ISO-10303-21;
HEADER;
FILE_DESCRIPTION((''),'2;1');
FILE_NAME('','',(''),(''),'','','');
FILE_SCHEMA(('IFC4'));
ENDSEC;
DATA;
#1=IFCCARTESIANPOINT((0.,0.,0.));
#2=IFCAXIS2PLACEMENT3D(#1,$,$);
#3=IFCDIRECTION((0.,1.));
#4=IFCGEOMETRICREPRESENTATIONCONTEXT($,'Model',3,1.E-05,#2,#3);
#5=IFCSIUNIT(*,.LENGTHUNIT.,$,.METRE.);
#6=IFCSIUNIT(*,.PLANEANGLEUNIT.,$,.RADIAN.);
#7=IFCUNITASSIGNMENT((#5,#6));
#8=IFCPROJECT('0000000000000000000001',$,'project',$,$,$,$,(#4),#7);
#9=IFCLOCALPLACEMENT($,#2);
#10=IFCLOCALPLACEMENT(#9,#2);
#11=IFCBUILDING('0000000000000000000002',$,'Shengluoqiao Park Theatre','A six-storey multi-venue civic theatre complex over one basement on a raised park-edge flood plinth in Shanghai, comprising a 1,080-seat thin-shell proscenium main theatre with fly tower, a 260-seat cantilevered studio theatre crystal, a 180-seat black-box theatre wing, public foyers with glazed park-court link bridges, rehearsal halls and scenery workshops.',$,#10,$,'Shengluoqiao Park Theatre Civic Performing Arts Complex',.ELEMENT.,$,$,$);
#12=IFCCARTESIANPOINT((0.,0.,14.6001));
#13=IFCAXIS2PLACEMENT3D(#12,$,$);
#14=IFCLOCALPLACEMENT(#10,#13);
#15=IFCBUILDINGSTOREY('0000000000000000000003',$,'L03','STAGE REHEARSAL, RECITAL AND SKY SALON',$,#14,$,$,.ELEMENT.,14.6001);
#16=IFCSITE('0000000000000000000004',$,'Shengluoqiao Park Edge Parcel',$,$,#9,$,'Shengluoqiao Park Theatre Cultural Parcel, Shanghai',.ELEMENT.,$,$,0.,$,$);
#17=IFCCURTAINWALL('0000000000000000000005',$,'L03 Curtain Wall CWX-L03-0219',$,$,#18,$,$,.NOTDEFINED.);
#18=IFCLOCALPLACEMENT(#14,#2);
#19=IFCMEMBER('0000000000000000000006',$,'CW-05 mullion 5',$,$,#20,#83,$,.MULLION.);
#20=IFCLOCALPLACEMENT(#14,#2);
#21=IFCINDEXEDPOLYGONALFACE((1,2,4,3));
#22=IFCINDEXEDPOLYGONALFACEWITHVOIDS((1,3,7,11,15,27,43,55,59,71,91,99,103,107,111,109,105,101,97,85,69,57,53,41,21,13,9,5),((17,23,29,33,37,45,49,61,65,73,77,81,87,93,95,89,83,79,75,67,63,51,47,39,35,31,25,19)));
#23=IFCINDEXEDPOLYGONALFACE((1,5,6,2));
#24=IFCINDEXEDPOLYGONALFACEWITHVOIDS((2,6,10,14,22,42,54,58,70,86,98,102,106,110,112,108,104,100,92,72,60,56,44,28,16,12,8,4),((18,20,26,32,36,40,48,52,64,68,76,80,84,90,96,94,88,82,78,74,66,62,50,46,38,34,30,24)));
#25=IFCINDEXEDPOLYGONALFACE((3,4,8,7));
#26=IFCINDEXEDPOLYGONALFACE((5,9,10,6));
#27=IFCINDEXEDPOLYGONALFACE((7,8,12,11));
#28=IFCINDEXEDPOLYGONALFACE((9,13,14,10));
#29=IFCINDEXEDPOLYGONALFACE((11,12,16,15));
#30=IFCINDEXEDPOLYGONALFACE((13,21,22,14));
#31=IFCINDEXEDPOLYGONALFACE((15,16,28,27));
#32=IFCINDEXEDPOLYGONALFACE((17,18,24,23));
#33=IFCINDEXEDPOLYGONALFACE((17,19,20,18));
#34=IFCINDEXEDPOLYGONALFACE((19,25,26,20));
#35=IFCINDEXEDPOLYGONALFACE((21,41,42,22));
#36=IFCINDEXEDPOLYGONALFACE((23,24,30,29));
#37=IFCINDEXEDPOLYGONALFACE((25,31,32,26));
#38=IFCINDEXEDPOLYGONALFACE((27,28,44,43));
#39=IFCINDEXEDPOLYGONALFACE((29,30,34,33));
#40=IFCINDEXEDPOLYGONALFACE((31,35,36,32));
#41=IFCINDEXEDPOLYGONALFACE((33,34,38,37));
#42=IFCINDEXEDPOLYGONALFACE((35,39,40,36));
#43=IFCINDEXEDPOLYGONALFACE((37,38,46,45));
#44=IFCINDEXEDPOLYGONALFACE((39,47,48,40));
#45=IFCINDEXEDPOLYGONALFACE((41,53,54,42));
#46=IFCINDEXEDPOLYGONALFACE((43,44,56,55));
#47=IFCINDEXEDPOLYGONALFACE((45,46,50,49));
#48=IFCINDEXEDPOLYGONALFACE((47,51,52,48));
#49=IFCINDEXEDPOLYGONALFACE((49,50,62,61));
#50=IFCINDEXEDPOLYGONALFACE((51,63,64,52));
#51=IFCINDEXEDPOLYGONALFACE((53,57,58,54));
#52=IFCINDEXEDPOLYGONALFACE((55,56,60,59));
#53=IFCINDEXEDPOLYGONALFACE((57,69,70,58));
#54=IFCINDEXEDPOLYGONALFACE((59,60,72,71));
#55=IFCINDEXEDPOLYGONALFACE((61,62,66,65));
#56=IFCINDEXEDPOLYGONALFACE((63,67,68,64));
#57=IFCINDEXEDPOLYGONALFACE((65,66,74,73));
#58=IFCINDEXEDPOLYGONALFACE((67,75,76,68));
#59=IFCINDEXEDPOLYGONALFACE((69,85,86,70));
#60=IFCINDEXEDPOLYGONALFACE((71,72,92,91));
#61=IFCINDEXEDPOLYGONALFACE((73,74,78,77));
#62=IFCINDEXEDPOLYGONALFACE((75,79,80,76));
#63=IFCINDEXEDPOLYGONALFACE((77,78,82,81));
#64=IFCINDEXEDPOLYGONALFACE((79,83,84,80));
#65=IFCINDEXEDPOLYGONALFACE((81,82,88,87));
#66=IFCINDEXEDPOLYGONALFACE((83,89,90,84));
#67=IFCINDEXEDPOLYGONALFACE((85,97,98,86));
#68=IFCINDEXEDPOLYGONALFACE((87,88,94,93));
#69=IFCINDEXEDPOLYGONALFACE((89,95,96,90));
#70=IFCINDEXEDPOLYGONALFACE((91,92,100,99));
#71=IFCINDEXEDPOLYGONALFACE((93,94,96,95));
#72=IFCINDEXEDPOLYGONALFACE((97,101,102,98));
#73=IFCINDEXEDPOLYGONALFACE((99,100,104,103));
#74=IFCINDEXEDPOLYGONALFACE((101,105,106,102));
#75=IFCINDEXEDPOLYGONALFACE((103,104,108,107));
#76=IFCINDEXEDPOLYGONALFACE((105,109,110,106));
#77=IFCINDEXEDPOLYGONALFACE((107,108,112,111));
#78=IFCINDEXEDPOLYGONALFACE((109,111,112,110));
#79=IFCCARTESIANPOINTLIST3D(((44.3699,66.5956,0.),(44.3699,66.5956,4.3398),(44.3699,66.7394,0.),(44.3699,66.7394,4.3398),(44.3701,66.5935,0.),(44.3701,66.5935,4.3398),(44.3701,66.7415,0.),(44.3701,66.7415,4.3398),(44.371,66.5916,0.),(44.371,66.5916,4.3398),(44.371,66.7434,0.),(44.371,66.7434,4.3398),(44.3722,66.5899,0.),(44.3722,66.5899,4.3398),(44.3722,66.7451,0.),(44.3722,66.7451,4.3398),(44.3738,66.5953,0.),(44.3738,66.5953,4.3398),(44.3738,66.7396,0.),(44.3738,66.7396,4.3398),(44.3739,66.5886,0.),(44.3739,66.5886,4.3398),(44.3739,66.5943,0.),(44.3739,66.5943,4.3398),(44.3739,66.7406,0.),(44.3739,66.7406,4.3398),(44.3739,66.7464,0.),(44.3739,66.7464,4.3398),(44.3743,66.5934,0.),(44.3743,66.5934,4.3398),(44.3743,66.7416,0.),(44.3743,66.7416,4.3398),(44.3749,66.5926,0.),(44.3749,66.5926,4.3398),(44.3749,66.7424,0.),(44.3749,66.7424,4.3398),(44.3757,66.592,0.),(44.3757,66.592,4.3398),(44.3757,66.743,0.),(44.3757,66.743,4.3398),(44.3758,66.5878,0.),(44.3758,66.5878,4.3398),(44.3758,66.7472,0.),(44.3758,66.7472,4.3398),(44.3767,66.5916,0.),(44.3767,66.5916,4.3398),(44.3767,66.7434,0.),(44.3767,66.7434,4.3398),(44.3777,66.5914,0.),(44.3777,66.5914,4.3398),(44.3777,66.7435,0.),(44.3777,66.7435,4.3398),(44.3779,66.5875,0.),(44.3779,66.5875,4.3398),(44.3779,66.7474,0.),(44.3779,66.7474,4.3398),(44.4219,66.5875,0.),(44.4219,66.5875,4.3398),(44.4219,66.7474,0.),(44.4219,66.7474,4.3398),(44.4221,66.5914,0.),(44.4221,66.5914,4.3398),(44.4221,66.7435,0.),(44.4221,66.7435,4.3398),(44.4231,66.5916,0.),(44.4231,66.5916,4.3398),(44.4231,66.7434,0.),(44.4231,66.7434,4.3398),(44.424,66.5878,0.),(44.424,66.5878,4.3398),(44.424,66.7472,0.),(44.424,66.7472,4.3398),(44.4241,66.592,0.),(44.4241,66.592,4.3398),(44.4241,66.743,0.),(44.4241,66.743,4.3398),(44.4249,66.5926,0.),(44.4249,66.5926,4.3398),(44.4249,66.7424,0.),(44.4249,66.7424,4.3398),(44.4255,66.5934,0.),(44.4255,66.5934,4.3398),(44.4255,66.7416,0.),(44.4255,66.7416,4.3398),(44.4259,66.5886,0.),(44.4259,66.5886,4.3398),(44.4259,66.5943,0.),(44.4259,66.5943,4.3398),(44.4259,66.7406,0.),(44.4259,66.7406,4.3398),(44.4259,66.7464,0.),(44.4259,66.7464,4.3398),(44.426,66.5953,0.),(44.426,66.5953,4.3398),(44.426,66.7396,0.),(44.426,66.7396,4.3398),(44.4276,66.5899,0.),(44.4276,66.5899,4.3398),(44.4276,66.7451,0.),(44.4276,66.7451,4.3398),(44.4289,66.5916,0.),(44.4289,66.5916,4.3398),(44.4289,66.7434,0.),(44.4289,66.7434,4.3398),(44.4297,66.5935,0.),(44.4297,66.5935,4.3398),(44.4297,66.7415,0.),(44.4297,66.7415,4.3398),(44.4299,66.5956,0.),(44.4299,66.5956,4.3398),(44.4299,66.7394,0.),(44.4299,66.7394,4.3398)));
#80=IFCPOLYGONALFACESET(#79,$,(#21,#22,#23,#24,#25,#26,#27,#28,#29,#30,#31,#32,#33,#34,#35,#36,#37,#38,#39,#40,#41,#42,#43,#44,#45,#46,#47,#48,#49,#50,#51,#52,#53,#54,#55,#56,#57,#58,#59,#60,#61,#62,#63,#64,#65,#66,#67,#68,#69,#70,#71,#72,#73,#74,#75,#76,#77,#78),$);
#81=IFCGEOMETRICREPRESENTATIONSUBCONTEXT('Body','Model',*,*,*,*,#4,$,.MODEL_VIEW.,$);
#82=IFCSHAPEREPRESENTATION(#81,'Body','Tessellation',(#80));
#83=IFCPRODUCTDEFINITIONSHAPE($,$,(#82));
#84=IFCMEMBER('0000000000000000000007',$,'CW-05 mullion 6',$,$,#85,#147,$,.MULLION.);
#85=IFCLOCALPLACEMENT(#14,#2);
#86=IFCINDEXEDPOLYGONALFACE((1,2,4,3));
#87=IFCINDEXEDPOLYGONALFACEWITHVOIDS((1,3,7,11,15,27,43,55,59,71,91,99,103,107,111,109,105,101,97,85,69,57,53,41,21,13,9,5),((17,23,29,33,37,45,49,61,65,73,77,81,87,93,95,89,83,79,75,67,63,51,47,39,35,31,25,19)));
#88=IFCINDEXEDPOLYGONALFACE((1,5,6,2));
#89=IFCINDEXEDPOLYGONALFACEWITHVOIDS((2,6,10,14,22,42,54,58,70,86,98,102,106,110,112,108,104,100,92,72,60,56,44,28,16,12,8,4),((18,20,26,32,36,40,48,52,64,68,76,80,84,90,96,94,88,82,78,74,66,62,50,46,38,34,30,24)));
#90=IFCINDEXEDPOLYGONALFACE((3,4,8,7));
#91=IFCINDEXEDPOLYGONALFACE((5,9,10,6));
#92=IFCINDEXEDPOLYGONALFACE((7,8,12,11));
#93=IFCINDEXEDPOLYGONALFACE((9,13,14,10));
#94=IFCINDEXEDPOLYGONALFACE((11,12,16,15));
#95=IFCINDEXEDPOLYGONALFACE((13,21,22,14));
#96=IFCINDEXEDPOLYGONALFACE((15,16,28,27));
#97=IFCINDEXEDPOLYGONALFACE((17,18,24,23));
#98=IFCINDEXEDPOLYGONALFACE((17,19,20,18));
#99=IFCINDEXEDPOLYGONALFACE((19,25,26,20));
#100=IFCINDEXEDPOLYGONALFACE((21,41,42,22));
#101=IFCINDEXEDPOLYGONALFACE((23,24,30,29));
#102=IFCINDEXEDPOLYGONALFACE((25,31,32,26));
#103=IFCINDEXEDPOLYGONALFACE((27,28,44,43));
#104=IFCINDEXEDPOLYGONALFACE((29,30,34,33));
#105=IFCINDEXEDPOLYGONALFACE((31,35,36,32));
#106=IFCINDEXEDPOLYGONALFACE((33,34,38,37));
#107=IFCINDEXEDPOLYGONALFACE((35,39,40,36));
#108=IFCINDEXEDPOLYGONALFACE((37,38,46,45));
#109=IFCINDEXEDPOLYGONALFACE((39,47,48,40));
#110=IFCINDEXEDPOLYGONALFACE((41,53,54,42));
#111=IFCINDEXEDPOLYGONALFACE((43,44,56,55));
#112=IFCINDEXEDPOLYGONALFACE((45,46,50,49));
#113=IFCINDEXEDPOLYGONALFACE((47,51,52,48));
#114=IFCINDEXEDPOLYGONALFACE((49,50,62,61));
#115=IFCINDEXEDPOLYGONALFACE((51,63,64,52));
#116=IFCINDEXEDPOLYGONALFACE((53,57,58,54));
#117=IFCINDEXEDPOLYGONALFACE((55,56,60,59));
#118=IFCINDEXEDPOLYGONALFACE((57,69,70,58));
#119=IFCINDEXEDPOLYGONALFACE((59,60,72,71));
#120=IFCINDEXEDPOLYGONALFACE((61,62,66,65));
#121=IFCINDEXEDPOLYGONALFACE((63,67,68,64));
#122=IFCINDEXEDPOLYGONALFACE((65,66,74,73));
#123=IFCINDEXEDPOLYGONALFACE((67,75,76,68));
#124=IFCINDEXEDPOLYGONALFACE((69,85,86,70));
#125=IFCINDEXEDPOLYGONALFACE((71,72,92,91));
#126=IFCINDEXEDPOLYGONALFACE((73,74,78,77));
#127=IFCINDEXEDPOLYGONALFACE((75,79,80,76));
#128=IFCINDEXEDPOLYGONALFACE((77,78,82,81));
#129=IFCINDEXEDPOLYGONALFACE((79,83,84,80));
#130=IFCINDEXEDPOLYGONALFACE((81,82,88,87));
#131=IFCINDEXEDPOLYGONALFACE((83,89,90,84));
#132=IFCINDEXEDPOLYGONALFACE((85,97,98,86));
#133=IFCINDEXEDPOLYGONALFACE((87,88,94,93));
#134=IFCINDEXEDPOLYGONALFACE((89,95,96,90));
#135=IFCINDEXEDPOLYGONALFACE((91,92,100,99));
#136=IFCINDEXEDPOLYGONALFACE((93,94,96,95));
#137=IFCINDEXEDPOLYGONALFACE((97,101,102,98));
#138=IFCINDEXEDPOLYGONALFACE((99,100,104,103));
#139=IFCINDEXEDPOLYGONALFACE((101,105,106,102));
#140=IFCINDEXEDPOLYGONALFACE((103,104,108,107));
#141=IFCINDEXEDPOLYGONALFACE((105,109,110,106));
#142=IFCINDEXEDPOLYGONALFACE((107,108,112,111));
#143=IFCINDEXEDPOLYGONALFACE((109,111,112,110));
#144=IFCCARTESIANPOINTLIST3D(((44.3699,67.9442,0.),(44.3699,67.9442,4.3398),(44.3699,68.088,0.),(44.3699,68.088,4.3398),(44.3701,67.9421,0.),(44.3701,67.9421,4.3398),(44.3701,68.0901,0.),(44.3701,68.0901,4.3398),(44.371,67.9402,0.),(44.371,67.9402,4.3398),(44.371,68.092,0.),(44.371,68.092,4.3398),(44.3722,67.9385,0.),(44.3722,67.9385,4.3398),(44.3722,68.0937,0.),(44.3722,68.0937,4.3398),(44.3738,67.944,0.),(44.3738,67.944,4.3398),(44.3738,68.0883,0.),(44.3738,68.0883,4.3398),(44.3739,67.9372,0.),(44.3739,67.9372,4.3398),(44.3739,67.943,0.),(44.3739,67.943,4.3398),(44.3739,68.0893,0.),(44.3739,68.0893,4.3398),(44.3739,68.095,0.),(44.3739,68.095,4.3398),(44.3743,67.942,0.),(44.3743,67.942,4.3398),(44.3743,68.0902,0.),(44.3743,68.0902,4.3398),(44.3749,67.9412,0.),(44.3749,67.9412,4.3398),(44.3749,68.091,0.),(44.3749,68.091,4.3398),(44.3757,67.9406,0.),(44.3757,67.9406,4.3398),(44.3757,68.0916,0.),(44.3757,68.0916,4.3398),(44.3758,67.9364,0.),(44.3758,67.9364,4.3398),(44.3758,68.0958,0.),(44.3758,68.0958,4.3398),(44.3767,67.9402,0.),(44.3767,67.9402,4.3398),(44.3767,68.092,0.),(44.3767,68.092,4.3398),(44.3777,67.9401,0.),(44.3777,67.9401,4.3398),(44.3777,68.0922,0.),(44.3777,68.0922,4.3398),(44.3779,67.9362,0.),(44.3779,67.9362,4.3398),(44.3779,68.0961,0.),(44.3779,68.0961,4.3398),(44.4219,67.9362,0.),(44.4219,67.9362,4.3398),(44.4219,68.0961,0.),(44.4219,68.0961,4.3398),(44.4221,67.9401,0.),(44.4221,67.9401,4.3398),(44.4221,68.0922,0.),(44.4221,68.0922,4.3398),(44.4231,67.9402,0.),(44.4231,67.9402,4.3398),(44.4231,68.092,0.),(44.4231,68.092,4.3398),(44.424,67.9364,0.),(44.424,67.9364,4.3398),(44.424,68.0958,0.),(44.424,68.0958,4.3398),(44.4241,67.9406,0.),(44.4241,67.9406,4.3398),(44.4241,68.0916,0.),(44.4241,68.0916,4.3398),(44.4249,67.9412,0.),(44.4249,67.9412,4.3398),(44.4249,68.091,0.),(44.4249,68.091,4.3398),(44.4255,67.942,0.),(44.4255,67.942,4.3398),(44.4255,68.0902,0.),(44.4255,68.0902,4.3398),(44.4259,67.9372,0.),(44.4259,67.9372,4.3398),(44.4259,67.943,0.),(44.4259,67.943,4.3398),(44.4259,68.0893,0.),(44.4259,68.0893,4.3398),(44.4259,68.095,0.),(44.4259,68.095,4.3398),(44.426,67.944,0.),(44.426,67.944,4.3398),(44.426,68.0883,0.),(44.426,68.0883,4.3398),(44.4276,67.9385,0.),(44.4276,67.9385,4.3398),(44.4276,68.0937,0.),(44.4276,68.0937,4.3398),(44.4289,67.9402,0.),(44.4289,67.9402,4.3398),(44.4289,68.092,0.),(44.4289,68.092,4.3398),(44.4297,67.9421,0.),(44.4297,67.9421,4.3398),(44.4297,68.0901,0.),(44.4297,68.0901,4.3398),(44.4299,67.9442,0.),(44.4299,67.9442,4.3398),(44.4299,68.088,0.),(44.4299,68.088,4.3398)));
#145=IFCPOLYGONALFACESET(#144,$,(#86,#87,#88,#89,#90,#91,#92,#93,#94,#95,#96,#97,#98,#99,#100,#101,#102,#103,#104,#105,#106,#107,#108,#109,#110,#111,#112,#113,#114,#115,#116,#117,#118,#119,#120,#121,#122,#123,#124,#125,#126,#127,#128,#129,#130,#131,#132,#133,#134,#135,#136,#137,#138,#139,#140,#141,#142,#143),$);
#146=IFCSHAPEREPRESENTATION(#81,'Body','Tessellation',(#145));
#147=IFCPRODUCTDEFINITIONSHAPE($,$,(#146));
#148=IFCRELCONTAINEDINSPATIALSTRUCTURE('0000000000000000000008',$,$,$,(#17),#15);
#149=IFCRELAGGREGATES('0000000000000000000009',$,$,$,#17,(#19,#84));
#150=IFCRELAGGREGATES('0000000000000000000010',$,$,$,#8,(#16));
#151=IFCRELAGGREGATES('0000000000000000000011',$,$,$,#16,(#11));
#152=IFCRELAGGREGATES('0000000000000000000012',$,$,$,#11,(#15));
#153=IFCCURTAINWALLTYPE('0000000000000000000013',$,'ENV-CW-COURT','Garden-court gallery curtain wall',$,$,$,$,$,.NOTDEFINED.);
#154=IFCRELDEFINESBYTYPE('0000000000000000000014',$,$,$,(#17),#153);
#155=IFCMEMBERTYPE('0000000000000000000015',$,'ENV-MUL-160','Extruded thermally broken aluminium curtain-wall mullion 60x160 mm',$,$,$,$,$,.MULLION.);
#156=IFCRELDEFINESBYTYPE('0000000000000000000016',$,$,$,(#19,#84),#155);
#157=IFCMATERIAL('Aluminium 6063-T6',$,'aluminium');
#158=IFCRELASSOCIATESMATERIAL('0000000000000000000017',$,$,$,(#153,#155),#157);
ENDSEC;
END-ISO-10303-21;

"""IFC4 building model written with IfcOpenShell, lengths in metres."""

from ifc_helpers import new_model, si_unit, direction, frame, origin, origin_2d, place, context, subcontext, project, spatial, hollow_rectangle, extrude, material, material_profile, profile_set, type_object, element, aggregate, save


model = new_model("IFC4")

# Units and contexts
model_context = context("Model", 3, precision=1e-05, world=origin(), true_north=direction((0.0, 1.0)))
body_context = subcontext(model_context, "Body", "Model", "MODEL_VIEW")
ifc_project = project(units=[si_unit("LENGTHUNIT", "METRE"), si_unit("PLANEANGLEUNIT", "RADIAN")], contexts=[model_context])

# Site, building, storey
site_placement = place(None, origin())
site = spatial("IfcSite", under=ifc_project, at=site_placement, Name="Shengluoqiao Park Edge Parcel", LongName="Shengluoqiao Park Theatre Cultural Parcel, Shanghai", CompositionType="ELEMENT", RefElevation=0.0)
building_placement = place(site_placement, origin())
building = spatial("IfcBuilding", under=site, at=building_placement, Name="Shengluoqiao Park Theatre", Description="A six-storey multi-venue civic theatre complex over one basement on a raised park-edge flood plinth in Shanghai, comprising a 1,080-seat thin-shell proscenium main theatre with fly tower, a 260-seat cantilevered studio theatre crystal, a 180-seat black-box theatre wing, public foyers with glazed park-court link bridges, rehearsal halls and scenery workshops.", LongName="Shengluoqiao Park Theatre Civic Performing Arts Complex", CompositionType="ELEMENT")
storey_placement = place(building_placement, frame((0.0, 0.0, 14.6001)))
storey = spatial("IfcBuildingStorey", under=building, at=storey_placement, Name="L03", Description="STAGE REHEARSAL, RECITAL AND SKY SALON", CompositionType="ELEMENT", Elevation=14.6001)

# Curtain wall, members
ifc_material_1 = material(Name="Aluminium 6063-T6", Category="aluminium")
curtain_wall_type_1 = type_object("IfcCurtainWallType", Name="ENV-CW-COURT", Description="Garden-court gallery curtain wall", PredefinedType="NOTDEFINED", material=ifc_material_1)
curtain_wall_1_placement = place(storey_placement, origin())
curtain_wall_1 = element("IfcCurtainWall", 1, at=curtain_wall_1_placement, inside=storey, type_object=curtain_wall_type_1, Name="L03 Curtain Wall CWX-L03-0219", PredefinedType="NOTDEFINED")
ifc_material_profile_1 = material_profile(ifc_material_1, hollow_rectangle(XDim=0.0601, YDim=0.1599, WallThickness=0.0039, InnerFilletRadius=0.0039, OuterFilletRadius=0.0081, at=origin_2d()), Name="ALU MULLION 160x60x4")
ifc_profile_set_1 = profile_set([ifc_material_profile_1], Name="Aluminium 6063-T6")
member_type_1 = type_object("IfcMemberType", Name="ENV-MUL-160", Description="Extruded thermally broken aluminium curtain-wall mullion 60x160 mm", PredefinedType="MULLION", material=ifc_profile_set_1)
member_1_placement = place(storey_placement, frame((44.3999, 66.6675, 0.0), z_axis=(0.0, 0.0, 1.0), x_axis=(-1.0, 0.0, 0.0)))
member_1 = element("IfcMember", 2, at=member_1_placement, type_object=member_type_1, Name="CW-05 mullion 5", PredefinedType="MULLION", context=body_context, shape_type="SweptSolid", body=[
    extrude(hollow_rectangle(XDim=0.0601, YDim=0.1599, WallThickness=0.0039, InnerFilletRadius=0.0039, OuterFilletRadius=0.0081, at=origin_2d()), origin(), (0.0, 0.0, 1.0), 4.3398),
])
member_2_placement = place(storey_placement, frame((44.3999, 68.0161, 0.0), z_axis=(0.0, 0.0, 1.0), x_axis=(-1.0, 0.0, 0.0)))
member_2 = element("IfcMember", 3, at=member_2_placement, type_object=member_type_1, Name="CW-05 mullion 6", PredefinedType="MULLION", context=body_context, shape_type="SweptSolid", body=[
    extrude(hollow_rectangle(XDim=0.0601, YDim=0.1599, WallThickness=0.0039, InnerFilletRadius=0.0039, OuterFilletRadius=0.0081, at=origin_2d()), origin(), (0.0, 0.0, 1.0), 4.3398),
])

aggregate(curtain_wall_1, [member_1, member_2])

save(model, "model.ifc")
